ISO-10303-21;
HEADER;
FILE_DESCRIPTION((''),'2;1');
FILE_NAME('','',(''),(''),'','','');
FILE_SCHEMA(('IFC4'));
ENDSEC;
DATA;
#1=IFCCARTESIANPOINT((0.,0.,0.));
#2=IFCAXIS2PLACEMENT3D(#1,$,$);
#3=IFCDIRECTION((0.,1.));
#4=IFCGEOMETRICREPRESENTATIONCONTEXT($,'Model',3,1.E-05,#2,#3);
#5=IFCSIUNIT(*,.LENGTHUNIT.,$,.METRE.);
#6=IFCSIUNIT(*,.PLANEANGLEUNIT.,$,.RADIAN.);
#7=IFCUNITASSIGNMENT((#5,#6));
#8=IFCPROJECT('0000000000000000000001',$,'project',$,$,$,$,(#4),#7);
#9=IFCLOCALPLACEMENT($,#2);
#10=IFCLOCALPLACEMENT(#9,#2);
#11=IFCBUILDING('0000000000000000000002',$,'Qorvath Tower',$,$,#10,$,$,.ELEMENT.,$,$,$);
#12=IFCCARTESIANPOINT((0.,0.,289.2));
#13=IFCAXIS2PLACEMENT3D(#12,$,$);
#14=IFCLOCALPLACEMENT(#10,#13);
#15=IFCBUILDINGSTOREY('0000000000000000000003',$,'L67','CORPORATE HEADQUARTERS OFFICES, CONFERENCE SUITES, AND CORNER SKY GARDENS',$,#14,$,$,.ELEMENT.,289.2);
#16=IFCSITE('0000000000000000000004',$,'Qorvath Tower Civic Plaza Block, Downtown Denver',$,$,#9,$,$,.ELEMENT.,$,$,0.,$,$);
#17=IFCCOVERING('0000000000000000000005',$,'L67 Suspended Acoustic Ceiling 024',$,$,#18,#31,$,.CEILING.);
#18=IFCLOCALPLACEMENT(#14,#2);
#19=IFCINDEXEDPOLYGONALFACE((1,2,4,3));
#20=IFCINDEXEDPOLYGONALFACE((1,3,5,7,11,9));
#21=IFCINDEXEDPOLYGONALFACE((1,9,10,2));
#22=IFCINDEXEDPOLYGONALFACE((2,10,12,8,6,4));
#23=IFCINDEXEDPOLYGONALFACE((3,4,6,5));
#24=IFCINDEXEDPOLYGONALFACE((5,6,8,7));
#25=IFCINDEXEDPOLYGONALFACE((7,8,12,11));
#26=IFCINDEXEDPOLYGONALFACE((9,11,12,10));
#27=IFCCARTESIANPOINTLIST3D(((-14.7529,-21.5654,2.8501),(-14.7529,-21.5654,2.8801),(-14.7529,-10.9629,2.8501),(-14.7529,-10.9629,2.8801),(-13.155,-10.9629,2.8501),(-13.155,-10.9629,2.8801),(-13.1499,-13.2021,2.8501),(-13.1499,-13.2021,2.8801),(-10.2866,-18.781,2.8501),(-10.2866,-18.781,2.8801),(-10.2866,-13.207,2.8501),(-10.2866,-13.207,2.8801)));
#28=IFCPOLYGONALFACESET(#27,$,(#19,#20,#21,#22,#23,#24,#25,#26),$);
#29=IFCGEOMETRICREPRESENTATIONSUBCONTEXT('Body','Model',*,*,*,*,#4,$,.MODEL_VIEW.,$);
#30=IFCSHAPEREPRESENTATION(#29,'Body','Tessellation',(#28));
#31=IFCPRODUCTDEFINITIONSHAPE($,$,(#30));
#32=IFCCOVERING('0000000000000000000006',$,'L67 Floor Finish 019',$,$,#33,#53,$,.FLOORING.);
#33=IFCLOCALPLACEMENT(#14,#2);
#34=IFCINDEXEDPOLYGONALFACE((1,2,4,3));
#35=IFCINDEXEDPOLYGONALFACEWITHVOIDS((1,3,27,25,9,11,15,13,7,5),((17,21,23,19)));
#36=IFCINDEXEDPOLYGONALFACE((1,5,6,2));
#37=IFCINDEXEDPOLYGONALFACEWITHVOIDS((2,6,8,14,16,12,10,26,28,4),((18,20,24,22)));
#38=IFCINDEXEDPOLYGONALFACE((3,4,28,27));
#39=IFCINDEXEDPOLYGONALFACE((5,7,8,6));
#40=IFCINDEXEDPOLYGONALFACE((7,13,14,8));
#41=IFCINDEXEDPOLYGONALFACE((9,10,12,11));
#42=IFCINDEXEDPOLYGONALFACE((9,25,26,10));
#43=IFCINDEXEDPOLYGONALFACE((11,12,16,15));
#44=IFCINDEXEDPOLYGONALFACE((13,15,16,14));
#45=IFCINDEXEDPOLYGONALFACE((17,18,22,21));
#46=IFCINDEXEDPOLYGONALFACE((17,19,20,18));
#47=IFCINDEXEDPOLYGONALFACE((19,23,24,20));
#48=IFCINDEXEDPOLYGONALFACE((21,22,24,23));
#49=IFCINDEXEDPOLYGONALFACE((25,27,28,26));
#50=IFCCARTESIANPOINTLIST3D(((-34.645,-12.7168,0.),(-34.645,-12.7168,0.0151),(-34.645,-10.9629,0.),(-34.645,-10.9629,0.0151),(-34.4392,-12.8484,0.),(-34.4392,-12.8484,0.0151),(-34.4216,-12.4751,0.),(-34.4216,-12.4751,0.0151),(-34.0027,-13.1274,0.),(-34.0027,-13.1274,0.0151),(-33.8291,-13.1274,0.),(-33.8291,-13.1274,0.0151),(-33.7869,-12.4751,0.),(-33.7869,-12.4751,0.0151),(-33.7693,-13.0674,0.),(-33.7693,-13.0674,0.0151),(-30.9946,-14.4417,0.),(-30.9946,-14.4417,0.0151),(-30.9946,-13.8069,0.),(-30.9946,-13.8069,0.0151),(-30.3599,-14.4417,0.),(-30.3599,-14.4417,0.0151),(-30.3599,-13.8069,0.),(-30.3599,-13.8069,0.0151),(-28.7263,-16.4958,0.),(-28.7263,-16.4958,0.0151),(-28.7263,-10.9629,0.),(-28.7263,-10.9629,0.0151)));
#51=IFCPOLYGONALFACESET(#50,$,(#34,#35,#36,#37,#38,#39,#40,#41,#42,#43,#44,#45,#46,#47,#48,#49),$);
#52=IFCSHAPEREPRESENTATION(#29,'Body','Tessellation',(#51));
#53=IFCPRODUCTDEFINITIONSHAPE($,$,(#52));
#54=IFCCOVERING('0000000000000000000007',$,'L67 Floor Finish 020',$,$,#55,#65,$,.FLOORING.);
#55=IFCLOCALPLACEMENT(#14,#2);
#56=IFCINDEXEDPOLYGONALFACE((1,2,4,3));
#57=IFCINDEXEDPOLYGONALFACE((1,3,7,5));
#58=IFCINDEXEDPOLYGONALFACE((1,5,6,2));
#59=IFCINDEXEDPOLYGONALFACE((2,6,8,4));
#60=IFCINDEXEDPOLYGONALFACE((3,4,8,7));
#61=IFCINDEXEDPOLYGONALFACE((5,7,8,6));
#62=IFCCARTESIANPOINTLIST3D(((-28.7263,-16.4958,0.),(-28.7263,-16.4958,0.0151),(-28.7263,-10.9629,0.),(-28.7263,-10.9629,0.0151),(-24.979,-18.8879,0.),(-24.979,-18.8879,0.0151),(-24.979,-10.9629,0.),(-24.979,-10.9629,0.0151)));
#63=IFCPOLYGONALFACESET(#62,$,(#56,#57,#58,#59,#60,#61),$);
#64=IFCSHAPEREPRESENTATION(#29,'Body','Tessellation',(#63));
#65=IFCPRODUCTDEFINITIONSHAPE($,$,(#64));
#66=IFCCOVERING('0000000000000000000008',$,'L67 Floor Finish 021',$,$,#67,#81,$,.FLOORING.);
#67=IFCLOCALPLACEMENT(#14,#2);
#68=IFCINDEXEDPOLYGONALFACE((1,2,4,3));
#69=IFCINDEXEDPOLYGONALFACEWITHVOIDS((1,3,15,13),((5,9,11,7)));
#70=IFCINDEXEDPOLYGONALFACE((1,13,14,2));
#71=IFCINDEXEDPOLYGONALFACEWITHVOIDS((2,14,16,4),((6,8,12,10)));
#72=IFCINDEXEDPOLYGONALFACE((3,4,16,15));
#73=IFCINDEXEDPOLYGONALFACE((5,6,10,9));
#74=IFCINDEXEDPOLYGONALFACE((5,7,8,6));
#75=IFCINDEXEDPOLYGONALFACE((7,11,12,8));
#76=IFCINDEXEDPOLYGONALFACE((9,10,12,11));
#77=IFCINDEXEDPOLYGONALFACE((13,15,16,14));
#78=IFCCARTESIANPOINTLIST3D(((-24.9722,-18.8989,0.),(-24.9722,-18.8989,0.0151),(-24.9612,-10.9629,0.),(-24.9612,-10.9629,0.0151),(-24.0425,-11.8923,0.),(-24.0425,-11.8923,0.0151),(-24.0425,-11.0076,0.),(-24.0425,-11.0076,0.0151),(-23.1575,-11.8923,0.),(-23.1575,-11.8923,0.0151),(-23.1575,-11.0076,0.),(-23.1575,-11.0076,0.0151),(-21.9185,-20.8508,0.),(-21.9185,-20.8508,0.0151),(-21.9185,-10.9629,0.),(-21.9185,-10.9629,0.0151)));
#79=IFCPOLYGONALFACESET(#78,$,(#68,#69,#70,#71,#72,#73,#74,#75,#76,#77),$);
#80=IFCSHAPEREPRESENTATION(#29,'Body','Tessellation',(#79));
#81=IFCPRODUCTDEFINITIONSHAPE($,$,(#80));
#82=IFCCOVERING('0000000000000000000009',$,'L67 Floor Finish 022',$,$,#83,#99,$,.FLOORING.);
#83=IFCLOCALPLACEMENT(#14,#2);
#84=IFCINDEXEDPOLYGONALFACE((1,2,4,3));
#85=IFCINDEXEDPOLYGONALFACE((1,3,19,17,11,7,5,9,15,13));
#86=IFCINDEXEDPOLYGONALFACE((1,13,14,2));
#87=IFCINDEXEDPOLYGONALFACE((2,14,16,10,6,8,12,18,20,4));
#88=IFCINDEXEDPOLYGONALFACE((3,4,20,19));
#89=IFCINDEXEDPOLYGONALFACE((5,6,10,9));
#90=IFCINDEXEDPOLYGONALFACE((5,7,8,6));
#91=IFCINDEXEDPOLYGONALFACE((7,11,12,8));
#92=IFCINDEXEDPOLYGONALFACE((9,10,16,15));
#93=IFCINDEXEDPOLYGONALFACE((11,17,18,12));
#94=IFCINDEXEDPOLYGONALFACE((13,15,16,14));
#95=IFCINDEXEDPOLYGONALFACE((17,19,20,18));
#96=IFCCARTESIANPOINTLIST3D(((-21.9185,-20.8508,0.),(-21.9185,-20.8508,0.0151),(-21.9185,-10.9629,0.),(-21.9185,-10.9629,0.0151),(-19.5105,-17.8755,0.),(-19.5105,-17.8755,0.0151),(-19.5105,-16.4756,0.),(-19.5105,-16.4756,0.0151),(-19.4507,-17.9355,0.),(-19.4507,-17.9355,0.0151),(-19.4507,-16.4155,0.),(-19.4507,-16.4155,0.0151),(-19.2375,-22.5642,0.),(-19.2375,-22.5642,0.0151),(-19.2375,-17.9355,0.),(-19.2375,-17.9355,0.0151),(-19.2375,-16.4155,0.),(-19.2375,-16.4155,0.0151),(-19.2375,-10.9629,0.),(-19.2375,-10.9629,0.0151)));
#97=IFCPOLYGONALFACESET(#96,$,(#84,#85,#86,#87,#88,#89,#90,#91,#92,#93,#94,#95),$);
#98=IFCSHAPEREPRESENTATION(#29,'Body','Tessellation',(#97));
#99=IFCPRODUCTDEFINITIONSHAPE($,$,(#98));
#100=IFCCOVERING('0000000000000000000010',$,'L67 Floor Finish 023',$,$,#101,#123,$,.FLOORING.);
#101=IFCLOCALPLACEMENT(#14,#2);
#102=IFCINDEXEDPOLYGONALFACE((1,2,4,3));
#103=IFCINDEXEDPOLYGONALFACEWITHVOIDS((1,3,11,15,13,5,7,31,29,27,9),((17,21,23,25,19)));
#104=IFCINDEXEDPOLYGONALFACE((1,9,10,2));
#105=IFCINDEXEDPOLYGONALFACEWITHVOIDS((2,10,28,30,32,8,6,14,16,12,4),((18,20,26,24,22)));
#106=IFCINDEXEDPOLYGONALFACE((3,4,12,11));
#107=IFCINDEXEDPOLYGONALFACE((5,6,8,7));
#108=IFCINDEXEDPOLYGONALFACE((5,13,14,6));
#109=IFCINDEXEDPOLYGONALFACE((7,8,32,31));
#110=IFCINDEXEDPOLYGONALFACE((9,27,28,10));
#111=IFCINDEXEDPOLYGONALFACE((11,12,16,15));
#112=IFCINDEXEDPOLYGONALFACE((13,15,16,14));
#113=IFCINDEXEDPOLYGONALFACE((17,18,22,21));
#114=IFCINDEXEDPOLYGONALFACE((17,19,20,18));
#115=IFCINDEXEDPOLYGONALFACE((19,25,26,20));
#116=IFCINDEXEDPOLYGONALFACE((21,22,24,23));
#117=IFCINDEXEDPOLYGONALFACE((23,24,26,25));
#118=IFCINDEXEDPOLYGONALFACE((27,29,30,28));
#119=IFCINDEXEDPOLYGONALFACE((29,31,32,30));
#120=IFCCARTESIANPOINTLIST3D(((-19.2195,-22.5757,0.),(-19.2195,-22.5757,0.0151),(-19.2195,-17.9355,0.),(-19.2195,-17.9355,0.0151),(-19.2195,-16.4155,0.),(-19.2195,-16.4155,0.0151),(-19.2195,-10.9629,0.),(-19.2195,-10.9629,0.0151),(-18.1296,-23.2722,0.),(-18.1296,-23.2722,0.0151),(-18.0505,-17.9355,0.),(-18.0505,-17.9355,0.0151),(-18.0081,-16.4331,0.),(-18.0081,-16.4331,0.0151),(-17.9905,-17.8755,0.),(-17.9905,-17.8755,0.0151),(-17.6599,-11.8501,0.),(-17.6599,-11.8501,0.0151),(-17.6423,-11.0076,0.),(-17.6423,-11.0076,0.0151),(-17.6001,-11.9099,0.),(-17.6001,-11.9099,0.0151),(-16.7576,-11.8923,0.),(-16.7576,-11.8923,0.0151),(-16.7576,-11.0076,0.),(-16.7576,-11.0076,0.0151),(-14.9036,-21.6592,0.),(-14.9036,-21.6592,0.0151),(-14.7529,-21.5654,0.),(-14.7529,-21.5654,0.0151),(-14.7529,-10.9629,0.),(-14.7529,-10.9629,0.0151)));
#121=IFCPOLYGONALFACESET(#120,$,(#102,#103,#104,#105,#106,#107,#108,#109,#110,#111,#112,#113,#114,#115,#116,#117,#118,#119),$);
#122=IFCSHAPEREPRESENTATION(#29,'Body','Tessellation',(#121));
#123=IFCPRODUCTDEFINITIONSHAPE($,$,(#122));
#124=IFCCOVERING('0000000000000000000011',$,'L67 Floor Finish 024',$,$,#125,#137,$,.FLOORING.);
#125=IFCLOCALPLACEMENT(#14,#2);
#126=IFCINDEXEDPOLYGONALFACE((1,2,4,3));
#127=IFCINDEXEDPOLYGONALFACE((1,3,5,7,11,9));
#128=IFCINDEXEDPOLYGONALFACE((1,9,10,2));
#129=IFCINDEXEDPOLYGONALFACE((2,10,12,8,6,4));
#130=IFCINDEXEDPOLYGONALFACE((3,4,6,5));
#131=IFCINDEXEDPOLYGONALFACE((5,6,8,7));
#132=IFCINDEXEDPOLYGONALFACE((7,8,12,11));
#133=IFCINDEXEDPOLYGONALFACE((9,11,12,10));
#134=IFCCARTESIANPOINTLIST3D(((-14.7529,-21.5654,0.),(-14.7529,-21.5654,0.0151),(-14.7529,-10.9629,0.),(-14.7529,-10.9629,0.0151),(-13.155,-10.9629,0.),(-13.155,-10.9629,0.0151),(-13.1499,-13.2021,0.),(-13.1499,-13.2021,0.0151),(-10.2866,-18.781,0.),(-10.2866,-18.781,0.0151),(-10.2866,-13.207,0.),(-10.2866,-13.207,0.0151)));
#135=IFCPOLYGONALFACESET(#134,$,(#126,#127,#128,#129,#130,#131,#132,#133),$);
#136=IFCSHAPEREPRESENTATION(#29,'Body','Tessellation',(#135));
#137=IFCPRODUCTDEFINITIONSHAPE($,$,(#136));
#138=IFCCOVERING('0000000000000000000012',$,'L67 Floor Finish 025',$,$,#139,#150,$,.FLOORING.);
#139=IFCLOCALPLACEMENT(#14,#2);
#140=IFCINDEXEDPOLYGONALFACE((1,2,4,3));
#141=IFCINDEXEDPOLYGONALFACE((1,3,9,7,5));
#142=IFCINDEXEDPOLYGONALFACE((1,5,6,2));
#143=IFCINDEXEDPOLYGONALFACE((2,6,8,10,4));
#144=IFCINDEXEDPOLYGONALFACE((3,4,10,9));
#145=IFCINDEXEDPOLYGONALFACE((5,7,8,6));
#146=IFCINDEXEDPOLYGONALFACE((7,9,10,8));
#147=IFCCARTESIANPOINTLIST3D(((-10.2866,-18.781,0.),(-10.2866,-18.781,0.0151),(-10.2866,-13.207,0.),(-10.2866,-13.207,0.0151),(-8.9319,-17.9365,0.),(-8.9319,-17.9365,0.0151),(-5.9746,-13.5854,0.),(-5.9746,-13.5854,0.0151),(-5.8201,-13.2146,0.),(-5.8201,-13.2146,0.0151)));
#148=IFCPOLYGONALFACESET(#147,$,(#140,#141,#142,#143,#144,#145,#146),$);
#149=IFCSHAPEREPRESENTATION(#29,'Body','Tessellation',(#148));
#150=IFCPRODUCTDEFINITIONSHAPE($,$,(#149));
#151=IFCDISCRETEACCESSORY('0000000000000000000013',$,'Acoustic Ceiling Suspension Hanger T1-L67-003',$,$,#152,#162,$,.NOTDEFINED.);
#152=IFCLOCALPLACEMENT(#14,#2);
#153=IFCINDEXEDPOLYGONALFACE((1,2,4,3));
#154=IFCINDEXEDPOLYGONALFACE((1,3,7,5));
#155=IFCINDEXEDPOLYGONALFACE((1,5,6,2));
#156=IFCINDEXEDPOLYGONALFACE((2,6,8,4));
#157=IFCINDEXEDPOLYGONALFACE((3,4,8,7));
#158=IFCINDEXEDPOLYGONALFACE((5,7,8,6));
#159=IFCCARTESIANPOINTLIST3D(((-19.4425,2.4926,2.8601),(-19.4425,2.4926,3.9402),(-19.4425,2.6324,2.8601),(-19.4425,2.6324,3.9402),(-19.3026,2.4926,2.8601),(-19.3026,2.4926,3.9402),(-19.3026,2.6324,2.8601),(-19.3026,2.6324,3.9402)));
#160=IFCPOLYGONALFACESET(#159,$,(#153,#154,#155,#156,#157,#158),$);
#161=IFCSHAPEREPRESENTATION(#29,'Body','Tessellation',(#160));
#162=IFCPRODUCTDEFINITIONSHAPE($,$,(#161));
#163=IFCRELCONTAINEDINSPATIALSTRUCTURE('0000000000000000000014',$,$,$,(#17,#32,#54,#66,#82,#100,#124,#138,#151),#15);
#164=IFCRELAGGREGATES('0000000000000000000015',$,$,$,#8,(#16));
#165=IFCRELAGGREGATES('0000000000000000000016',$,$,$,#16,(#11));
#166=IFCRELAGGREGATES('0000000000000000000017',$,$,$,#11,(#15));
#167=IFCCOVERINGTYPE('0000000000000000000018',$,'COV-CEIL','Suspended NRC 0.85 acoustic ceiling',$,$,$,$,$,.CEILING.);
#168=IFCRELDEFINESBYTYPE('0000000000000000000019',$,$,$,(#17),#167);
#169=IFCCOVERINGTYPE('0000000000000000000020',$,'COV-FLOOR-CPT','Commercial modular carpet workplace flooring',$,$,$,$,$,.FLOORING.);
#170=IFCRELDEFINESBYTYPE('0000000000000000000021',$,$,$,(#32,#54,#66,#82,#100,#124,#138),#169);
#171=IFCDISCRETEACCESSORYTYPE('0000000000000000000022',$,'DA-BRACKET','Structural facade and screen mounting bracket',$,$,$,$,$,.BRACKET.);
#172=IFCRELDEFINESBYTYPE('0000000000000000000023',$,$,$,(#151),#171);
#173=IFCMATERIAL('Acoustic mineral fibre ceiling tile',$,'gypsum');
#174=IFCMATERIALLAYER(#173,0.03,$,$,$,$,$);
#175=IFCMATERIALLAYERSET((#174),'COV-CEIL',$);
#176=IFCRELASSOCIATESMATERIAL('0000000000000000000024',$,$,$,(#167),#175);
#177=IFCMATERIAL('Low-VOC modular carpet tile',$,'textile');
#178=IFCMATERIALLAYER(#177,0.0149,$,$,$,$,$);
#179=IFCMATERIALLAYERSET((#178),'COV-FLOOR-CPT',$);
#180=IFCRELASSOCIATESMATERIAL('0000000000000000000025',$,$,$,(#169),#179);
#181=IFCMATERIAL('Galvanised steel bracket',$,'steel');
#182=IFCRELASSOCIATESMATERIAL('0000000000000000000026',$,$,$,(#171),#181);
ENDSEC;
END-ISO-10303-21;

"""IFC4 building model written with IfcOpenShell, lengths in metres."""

from ifc_helpers import new_model, si_unit, direction, frame, origin, origin_2d, place, context, subcontext, project, spatial, polyline, rectangle, outline, extrude, material, layer, layer_set, type_object, element, save


model = new_model("IFC4")

# Units and contexts
model_context = context("Model", 3, precision=1e-05, world=origin(), true_north=direction((0.0, 1.0)))
body_context = subcontext(model_context, "Body", "Model", "MODEL_VIEW")
ifc_project = project(units=[si_unit("LENGTHUNIT", "METRE"), si_unit("PLANEANGLEUNIT", "RADIAN")], contexts=[model_context])

# Site, building, storey
site_placement = place(None, origin())
site = spatial("IfcSite", under=ifc_project, at=site_placement, Name="Qorvath Tower Civic Plaza Block, Downtown Denver", CompositionType="ELEMENT", RefElevation=0.0)
building_placement = place(site_placement, origin())
building = spatial("IfcBuilding", under=site, at=building_placement, Name="Qorvath Tower", CompositionType="ELEMENT")
storey_placement = place(building_placement, frame((0.0, 0.0, 289.2)))
storey = spatial("IfcBuildingStorey", under=building, at=storey_placement, Name="L67", Description="CORPORATE HEADQUARTERS OFFICES, CONFERENCE SUITES, AND CORNER SKY GARDENS", CompositionType="ELEMENT", Elevation=289.2)

# Coverings
ifc_material_1 = material(Name="Acoustic mineral fibre ceiling tile", Category="gypsum")
ifc_layer_1 = layer(ifc_material_1, 0.03)
ifc_layer_set_1 = layer_set([ifc_layer_1], Name="COV-CEIL")
covering_type_1 = type_object("IfcCoveringType", Name="COV-CEIL", Description="Suspended NRC 0.85 acoustic ceiling", PredefinedType="CEILING", material=ifc_layer_set_1)
covering_1_placement = place(storey_placement, frame((0.0, 0.0, 2.8501)))
element("IfcCovering", 1, at=covering_1_placement, inside=storey, type_object=covering_type_1, Name="L67 Suspended Acoustic Ceiling 024", PredefinedType="CEILING", context=body_context, shape_type="SweptSolid", body=[
    extrude(outline(polyline([(-13.155, -10.9629), (-14.7529, -10.9629), (-14.7529, -21.5654), (-10.2866, -18.781), (-10.2866, -13.207), (-13.1499, -13.2021), (-13.155, -10.9629)])), origin(), (0.0, 0.0, 1.0), 0.03),
])
ifc_material_2 = material(Name="Low-VOC modular carpet tile", Category="textile")
ifc_layer_2 = layer(ifc_material_2, 0.0149)
ifc_layer_set_2 = layer_set([ifc_layer_2], Name="COV-FLOOR-CPT")
covering_type_2 = type_object("IfcCoveringType", Name="COV-FLOOR-CPT", Description="Commercial modular carpet workplace flooring", PredefinedType="FLOORING", material=ifc_layer_set_2)
covering_2_placement = place(storey_placement, origin())
element("IfcCovering", 2, at=covering_2_placement, inside=storey, type_object=covering_type_2, Name="L67 Floor Finish 019", PredefinedType="FLOORING", context=body_context, shape_type="SweptSolid", body=[
    extrude(outline(polyline([(-34.0027, -13.1274), (-28.7263, -16.4958), (-28.7263, -10.9629), (-34.645, -10.9629), (-34.645, -12.7168), (-34.4392, -12.8484), (-34.4216, -12.4751), (-33.7869, -12.4751), (-33.7693, -13.0674), (-33.8291, -13.1274), (-34.0027, -13.1274)]), holes=[polyline([(-30.9946, -14.4417), (-30.9946, -13.8069), (-30.3599, -13.8069), (-30.3599, -14.4417), (-30.9946, -14.4417)])]), origin(), (0.0, 0.0, 1.0), 0.0151),
])
covering_3_placement = place(storey_placement, origin())
element("IfcCovering", 3, at=covering_3_placement, inside=storey, type_object=covering_type_2, Name="L67 Floor Finish 020", PredefinedType="FLOORING", context=body_context, shape_type="SweptSolid", body=[
    extrude(outline(polyline([(-28.7263, -10.9629), (-28.7263, -16.4958), (-24.979, -18.8879), (-24.979, -10.9629), (-28.7263, -10.9629)])), origin(), (0.0, 0.0, 1.0), 0.0151),
])
covering_4_placement = place(storey_placement, origin())
element("IfcCovering", 4, at=covering_4_placement, inside=storey, type_object=covering_type_2, Name="L67 Floor Finish 021", PredefinedType="FLOORING", context=body_context, shape_type="SweptSolid", body=[
    extrude(outline(polyline([(-24.9722, -18.8989), (-21.9185, -20.8508), (-21.9185, -10.9629), (-24.9612, -10.9629), (-24.9722, -18.8989)]), holes=[polyline([(-24.0425, -11.8923), (-24.0425, -11.0076), (-23.1575, -11.0076), (-23.1575, -11.8923), (-24.0425, -11.8923)])]), origin(), (0.0, 0.0, 1.0), 0.0151),
])
covering_5_placement = place(storey_placement, origin())
element("IfcCovering", 5, at=covering_5_placement, inside=storey, type_object=covering_type_2, Name="L67 Floor Finish 022", PredefinedType="FLOORING", context=body_context, shape_type="SweptSolid", body=[
    extrude(outline(polyline([(-21.9185, -10.9629), (-21.9185, -20.8508), (-19.2375, -22.5642), (-19.2375, -17.9355), (-19.4507, -17.9355), (-19.5105, -17.8755), (-19.5105, -16.4756), (-19.4507, -16.4155), (-19.2375, -16.4155), (-19.2375, -10.9629), (-21.9185, -10.9629)])), origin(), (0.0, 0.0, 1.0), 0.0151),
])
covering_6_placement = place(storey_placement, origin())
element("IfcCovering", 6, at=covering_6_placement, inside=storey, type_object=covering_type_2, Name="L67 Floor Finish 023", PredefinedType="FLOORING", context=body_context, shape_type="SweptSolid", body=[
    extrude(outline(polyline([(-14.7529, -21.5654), (-14.7529, -10.9629), (-19.2195, -10.9629), (-19.2195, -16.4155), (-18.0081, -16.4331), (-17.9905, -17.8755), (-18.0505, -17.9355), (-19.2195, -17.9355), (-19.2195, -22.5757), (-18.1296, -23.2722), (-14.9036, -21.6592), (-14.7529, -21.5654)]), holes=[polyline([(-17.6599, -11.8501), (-17.6423, -11.0076), (-16.7576, -11.0076), (-16.7576, -11.8923), (-17.6001, -11.9099), (-17.6599, -11.8501)])]), origin(), (0.0, 0.0, 1.0), 0.0151),
])
covering_7_placement = place(storey_placement, origin())
element("IfcCovering", 7, at=covering_7_placement, inside=storey, type_object=covering_type_2, Name="L67 Floor Finish 024", PredefinedType="FLOORING", context=body_context, shape_type="SweptSolid", body=[
    extrude(outline(polyline([(-13.155, -10.9629), (-14.7529, -10.9629), (-14.7529, -21.5654), (-10.2866, -18.781), (-10.2866, -13.207), (-13.1499, -13.2021), (-13.155, -10.9629)])), origin(), (0.0, 0.0, 1.0), 0.0151),
])
covering_8_placement = place(storey_placement, origin())
element("IfcCovering", 8, at=covering_8_placement, inside=storey, type_object=covering_type_2, Name="L67 Floor Finish 025", PredefinedType="FLOORING", context=body_context, shape_type="SweptSolid", body=[
    extrude(outline(polyline([(-10.2866, -13.207), (-10.2866, -18.781), (-8.9319, -17.9365), (-5.9746, -13.5854), (-5.8201, -13.2146), (-10.2866, -13.207)])), origin(), (0.0, 0.0, 1.0), 0.0151),
])

# Discrete accessory
ifc_material_3 = material(Name="Galvanised steel bracket", Category="steel")
discrete_accessory_type = type_object("IfcDiscreteAccessoryType", Name="DA-BRACKET", Description="Structural facade and screen mounting bracket", PredefinedType="BRACKET", material=ifc_material_3)
discrete_accessory_placement = place(storey_placement, frame((-19.3726, 2.5625, 2.8601), z_axis=(0.0, 0.0, 1.0), x_axis=(1.0, 0.0, 0.0)))
element("IfcDiscreteAccessory", 9, at=discrete_accessory_placement, inside=storey, type_object=discrete_accessory_type, Name="Acoustic Ceiling Suspension Hanger T1-L67-003", PredefinedType="NOTDEFINED", context=body_context, shape_type="SweptSolid", body=[
    extrude(rectangle(XDim=0.1399, YDim=0.1399, at=origin_2d()), origin(), (0.0, 0.0, 1.0), 1.0801),
])

save(model, "model.ifc")
